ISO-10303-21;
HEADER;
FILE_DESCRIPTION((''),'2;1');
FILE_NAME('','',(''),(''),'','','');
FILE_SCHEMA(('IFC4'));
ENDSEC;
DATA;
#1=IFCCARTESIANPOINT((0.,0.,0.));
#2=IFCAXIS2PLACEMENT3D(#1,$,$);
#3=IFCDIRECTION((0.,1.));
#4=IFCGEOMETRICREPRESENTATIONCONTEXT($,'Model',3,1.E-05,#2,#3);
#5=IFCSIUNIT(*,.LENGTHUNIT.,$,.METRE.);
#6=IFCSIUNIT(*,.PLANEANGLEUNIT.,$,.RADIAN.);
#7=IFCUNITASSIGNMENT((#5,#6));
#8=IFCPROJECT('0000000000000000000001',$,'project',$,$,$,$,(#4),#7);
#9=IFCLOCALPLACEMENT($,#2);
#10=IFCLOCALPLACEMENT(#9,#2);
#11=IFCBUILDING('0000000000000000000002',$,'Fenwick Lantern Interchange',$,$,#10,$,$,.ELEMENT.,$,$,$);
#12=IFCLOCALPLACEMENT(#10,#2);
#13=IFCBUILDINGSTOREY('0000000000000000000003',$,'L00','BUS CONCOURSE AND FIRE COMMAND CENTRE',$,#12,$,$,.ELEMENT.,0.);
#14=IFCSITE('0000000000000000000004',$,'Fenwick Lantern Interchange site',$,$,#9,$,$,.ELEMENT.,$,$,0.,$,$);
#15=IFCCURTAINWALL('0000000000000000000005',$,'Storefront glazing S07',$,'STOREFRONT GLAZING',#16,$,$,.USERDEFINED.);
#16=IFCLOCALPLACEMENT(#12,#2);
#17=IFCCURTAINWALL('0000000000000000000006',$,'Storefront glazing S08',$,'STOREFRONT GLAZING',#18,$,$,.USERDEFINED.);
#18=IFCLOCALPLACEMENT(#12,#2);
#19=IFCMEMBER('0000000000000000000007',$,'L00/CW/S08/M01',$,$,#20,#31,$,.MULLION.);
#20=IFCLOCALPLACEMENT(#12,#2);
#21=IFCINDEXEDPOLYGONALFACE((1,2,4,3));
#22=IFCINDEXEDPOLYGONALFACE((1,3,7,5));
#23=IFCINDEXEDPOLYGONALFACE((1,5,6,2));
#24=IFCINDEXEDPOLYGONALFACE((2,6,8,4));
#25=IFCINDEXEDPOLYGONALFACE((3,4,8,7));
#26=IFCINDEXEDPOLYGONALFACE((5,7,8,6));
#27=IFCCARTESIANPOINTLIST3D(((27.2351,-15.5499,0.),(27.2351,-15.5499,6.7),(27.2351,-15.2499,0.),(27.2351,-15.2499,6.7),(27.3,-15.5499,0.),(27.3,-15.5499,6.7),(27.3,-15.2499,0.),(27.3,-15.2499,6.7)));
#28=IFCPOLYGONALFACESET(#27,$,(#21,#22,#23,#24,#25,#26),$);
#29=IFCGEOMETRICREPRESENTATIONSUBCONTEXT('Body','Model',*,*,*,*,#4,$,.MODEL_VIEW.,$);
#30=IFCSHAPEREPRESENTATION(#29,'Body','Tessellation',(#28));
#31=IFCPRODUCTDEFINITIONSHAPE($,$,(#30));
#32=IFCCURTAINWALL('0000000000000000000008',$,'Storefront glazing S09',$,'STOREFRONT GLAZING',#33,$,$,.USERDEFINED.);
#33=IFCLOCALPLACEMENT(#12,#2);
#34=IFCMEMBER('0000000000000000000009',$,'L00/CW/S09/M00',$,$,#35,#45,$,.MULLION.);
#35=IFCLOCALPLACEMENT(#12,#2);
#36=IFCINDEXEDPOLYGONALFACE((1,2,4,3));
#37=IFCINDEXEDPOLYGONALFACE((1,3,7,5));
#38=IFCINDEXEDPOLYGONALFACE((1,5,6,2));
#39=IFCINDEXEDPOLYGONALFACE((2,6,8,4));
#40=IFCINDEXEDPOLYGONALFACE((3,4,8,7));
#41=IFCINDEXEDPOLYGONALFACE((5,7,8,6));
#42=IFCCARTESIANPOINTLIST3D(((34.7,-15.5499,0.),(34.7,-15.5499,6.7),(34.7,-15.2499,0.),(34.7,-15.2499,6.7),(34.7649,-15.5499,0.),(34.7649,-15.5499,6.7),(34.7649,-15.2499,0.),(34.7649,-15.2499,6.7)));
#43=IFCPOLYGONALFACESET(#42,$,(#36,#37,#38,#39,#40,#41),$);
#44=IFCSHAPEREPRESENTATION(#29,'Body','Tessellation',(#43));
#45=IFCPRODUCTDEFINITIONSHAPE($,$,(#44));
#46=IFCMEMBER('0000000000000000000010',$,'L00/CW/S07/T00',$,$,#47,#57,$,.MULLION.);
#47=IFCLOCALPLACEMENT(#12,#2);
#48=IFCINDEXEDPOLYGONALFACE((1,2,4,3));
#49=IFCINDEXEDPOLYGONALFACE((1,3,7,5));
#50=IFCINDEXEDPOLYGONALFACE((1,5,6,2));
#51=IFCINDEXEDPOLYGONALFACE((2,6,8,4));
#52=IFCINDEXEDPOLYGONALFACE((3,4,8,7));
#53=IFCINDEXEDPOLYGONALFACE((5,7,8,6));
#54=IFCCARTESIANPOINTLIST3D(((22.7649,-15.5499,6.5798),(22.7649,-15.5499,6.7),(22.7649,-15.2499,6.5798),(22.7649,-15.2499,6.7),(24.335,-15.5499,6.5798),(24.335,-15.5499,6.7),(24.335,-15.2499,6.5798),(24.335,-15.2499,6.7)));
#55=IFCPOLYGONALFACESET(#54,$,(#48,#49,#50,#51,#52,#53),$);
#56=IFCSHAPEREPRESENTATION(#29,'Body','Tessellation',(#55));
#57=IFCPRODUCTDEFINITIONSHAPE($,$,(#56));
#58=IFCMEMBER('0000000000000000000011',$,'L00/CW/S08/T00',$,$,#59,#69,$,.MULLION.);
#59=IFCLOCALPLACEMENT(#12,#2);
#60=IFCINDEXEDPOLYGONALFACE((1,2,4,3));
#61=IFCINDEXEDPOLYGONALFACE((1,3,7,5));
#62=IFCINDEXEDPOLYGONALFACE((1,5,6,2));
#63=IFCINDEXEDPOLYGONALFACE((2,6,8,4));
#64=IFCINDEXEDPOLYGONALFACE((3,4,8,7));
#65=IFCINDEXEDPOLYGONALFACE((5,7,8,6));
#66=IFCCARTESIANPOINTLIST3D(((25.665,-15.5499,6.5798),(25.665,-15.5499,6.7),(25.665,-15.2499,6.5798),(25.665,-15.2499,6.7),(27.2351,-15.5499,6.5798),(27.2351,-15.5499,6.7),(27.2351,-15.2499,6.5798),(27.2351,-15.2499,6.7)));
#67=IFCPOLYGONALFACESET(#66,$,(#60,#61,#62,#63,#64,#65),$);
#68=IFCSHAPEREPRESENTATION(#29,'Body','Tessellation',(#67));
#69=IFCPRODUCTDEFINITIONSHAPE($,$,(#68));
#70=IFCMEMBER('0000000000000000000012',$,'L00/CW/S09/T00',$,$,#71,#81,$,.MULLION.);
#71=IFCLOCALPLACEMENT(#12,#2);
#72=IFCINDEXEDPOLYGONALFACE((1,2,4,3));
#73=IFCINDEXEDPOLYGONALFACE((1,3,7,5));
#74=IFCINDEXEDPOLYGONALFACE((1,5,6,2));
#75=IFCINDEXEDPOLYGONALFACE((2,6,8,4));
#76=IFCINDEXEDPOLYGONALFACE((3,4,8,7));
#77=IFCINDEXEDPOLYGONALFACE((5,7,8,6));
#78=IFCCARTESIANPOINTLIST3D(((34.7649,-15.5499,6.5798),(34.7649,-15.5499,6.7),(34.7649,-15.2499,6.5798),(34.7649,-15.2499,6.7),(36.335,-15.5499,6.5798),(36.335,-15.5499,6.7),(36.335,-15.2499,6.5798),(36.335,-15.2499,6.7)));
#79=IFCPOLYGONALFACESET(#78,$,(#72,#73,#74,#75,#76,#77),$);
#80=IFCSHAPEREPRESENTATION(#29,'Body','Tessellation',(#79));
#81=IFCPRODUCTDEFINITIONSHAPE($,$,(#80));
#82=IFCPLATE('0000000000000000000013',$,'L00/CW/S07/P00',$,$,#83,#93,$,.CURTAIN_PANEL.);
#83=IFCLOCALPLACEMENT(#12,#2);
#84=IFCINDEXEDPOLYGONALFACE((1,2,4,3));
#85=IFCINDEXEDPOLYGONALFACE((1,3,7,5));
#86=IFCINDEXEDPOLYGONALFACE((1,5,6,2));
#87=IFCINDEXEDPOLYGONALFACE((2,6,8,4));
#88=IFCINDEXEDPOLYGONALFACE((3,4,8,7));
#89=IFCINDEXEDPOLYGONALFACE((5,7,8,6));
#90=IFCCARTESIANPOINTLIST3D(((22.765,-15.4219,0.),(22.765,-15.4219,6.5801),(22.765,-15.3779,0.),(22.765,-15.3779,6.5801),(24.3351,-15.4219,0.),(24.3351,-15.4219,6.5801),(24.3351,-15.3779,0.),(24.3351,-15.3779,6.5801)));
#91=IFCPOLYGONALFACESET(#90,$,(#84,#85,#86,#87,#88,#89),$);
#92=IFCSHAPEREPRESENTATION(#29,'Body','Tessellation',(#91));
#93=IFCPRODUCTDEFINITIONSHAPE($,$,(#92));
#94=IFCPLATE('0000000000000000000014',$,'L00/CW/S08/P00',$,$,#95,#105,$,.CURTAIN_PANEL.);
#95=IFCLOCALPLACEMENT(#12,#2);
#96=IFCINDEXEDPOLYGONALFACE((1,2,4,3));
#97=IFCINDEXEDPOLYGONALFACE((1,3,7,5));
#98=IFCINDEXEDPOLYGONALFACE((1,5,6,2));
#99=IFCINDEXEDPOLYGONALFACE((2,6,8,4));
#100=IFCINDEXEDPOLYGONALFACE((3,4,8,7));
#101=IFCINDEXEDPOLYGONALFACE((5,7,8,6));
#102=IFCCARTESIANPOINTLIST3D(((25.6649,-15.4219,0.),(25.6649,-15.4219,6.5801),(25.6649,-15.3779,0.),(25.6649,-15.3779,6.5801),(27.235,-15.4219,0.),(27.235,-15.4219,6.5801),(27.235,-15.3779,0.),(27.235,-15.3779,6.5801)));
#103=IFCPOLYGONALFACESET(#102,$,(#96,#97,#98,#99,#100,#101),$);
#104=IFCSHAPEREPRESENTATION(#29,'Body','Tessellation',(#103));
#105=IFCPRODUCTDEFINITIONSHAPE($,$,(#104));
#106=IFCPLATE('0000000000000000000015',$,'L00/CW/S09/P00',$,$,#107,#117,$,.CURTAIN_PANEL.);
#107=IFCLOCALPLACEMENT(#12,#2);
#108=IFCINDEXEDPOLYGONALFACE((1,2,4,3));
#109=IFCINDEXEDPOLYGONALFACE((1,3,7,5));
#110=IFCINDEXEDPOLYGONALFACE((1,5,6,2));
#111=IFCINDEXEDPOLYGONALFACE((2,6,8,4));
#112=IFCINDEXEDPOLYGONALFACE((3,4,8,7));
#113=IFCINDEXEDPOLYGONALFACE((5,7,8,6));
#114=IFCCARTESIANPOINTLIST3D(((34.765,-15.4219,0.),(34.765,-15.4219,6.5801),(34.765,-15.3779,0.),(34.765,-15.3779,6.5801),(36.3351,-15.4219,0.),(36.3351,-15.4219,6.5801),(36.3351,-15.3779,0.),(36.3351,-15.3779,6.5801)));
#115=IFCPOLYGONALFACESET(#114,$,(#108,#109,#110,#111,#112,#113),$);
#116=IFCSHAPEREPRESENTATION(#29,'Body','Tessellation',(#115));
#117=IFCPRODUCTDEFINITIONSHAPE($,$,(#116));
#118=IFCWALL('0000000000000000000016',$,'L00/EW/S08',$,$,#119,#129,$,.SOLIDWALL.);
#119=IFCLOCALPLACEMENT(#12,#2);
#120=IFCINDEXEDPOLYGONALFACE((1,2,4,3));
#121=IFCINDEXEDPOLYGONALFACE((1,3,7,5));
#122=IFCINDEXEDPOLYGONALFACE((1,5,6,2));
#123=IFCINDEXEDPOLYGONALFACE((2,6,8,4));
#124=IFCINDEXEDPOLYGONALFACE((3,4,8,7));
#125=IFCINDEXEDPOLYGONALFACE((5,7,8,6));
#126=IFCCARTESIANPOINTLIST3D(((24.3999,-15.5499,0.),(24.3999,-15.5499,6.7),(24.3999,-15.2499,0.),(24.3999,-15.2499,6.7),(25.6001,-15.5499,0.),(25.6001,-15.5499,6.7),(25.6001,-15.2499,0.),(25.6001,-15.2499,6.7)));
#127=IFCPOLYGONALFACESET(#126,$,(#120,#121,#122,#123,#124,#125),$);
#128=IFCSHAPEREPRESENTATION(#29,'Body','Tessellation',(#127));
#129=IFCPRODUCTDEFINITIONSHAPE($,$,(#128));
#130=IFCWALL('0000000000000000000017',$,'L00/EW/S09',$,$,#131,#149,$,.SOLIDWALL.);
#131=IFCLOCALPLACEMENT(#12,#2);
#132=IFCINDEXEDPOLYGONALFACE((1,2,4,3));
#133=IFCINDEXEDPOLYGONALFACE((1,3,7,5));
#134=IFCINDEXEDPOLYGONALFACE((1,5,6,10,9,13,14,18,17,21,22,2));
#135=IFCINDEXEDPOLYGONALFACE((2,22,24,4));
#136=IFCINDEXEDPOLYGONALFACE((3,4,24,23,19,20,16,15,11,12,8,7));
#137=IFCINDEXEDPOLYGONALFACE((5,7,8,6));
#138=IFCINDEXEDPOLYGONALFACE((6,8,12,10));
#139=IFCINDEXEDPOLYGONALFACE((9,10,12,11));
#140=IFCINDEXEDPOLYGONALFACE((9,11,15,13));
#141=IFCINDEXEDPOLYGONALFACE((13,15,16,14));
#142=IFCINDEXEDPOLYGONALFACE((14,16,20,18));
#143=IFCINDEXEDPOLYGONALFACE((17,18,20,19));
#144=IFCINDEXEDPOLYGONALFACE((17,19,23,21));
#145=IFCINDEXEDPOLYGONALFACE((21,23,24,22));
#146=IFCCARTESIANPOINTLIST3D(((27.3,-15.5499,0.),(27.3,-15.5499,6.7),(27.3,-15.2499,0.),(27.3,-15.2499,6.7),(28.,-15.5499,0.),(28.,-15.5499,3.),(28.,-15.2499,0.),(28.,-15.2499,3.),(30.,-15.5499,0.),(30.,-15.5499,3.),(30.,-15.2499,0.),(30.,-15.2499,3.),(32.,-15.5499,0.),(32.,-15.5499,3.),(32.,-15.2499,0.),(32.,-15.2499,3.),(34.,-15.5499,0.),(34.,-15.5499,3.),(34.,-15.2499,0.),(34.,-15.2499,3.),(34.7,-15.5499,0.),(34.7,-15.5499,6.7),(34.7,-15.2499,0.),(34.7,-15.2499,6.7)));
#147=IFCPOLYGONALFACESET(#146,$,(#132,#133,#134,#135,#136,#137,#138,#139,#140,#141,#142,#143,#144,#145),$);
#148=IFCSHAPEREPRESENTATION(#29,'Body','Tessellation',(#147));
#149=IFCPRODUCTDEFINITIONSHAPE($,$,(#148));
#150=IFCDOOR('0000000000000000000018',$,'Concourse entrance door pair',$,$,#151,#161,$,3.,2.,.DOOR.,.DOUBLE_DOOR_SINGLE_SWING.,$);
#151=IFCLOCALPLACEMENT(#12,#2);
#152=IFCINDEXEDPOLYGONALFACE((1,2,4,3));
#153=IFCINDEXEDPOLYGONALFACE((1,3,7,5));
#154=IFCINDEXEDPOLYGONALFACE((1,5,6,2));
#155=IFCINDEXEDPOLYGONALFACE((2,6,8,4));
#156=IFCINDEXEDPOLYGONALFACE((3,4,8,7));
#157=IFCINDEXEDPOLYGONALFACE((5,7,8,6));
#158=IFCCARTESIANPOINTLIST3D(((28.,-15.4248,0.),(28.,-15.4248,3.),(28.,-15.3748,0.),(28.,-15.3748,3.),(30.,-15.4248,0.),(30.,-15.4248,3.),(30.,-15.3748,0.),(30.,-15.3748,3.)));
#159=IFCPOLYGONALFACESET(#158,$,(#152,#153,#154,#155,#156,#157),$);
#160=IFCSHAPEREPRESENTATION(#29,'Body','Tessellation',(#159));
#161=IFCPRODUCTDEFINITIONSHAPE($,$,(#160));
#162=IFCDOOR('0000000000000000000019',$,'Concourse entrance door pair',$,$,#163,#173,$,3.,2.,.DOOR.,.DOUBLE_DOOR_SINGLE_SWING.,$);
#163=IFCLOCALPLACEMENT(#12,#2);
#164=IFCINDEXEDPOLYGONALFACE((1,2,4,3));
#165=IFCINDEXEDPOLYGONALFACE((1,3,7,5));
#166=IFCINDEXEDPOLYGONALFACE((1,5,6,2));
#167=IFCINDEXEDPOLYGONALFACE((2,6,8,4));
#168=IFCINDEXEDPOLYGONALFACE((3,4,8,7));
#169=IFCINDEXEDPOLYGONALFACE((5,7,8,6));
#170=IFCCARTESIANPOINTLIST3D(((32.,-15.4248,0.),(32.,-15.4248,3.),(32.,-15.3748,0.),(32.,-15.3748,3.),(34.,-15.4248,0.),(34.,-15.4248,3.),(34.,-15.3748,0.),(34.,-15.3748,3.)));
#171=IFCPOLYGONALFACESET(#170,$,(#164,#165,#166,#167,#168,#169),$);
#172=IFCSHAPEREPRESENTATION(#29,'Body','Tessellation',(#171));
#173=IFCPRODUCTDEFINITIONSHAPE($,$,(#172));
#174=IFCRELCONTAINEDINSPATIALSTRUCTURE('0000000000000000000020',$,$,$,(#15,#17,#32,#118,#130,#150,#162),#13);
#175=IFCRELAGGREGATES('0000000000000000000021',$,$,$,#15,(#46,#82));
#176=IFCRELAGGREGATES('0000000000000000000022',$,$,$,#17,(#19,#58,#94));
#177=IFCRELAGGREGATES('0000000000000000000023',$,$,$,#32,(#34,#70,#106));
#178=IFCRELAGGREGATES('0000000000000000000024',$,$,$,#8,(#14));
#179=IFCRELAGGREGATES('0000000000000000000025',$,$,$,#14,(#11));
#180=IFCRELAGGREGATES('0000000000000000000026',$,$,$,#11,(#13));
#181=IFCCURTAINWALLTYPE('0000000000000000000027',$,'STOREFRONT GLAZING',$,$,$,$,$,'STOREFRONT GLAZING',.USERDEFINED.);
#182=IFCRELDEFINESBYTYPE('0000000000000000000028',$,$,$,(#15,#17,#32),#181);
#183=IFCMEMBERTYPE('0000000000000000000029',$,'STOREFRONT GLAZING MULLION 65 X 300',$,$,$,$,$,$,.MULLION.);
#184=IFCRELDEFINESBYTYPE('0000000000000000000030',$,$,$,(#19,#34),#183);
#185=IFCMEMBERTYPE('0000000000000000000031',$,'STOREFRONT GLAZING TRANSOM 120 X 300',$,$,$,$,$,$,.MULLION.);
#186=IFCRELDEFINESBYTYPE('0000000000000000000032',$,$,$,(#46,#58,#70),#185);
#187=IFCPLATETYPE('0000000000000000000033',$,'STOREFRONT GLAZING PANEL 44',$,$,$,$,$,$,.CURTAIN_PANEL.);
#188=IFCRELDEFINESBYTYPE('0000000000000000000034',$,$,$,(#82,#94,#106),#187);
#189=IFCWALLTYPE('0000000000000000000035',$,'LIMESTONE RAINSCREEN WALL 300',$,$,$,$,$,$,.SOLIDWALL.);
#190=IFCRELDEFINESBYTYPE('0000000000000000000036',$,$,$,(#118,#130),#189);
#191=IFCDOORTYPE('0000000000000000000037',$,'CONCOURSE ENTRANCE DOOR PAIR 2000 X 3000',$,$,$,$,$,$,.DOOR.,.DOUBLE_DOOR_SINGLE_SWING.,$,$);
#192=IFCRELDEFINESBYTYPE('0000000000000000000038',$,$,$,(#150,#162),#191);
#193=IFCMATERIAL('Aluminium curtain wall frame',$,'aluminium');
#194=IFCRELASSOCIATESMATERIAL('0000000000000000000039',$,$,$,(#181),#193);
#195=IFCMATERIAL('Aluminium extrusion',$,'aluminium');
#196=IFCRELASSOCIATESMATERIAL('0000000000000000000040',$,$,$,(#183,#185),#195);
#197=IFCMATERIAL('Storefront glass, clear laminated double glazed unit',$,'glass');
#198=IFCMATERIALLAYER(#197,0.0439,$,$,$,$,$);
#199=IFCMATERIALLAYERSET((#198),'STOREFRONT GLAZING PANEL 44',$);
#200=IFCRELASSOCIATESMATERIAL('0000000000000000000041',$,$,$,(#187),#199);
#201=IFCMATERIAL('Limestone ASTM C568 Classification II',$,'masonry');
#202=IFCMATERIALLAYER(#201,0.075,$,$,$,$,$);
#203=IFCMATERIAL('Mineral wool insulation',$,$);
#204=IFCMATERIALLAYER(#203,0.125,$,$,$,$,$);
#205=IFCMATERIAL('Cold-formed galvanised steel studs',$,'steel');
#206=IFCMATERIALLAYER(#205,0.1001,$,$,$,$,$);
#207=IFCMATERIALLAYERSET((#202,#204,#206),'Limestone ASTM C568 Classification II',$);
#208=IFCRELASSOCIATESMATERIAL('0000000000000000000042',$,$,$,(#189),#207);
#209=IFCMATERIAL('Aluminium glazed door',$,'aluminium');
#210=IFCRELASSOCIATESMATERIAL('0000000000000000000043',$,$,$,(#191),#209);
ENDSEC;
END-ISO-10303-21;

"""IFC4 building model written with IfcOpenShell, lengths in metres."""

from ifc_helpers import new_model, si_unit, direction, frame, frame_2d, origin, origin_2d, place, context, subcontext, project, spatial, rectangle, extrude, material, layer, layer_set, material_profile, profile_set, type_object, element, fill, aggregate, save


model = new_model("IFC4")

# Units and contexts
model_context = context("Model", 3, precision=1e-05, world=origin(), true_north=direction((0.0, 1.0)))
body_context = subcontext(model_context, "Body", "Model", "MODEL_VIEW")
ifc_project = project(units=[si_unit("LENGTHUNIT", "METRE"), si_unit("PLANEANGLEUNIT", "RADIAN")], contexts=[model_context])

# Site, building, storey
site_placement = place(None, origin())
site = spatial("IfcSite", under=ifc_project, at=site_placement, Name="Fenwick Lantern Interchange site", CompositionType="ELEMENT", RefElevation=0.0)
building_placement = place(site_placement, origin())
building = spatial("IfcBuilding", under=site, at=building_placement, Name="Fenwick Lantern Interchange", CompositionType="ELEMENT")
storey_placement = place(building_placement, origin())
storey = spatial("IfcBuildingStorey", under=building, at=storey_placement, Name="L00", Description="BUS CONCOURSE AND FIRE COMMAND CENTRE", CompositionType="ELEMENT", Elevation=0.0)

# Curtain walls, member
ifc_material_1 = material(Name="Aluminium curtain wall frame", Category="aluminium")
curtain_wall_type = type_object("IfcCurtainWallType", Name="STOREFRONT GLAZING", ElementType="STOREFRONT GLAZING", PredefinedType="USERDEFINED", material=ifc_material_1)
curtain_wall_1_placement = place(storey_placement, origin())
curtain_wall_1 = element("IfcCurtainWall", 1, at=curtain_wall_1_placement, inside=storey, type_object=curtain_wall_type, Name="Storefront glazing S07", ObjectType="STOREFRONT GLAZING", PredefinedType="USERDEFINED")
ifc_material_2 = material(Name="Aluminium extrusion", Category="aluminium")
ifc_material_profile_1 = material_profile(ifc_material_2, rectangle(XDim=0.3, YDim=0.0649, at=origin_2d()), Name="STOREFRONT GLAZING MULLION 65 X 300")
ifc_profile_set_1 = profile_set([ifc_material_profile_1], Name="Aluminium extrusion")
member_type_1 = type_object("IfcMemberType", Name="STOREFRONT GLAZING MULLION 65 X 300", PredefinedType="MULLION", material=ifc_profile_set_1)
curtain_wall_2_placement = place(storey_placement, origin())
curtain_wall_2 = element("IfcCurtainWall", 2, at=curtain_wall_2_placement, inside=storey, type_object=curtain_wall_type, Name="Storefront glazing S08", ObjectType="STOREFRONT GLAZING", PredefinedType="USERDEFINED")
member_1_placement = place(storey_placement, frame((27.2676, -15.3999, 0.0), z_axis=(0.0, 0.0, 1.0), x_axis=(0.0, 1.0, 0.0)))
member_1 = element("IfcMember", 3, at=member_1_placement, type_object=member_type_1, Name="L00/CW/S08/M01", PredefinedType="MULLION", context=body_context, shape_type="SweptSolid", body=[
    extrude(rectangle(XDim=0.3, YDim=0.0649, at=origin_2d()), origin(), (0.0, 0.0, 1.0), 6.7),
])

# Curtain wall, member
curtain_wall_3_placement = place(storey_placement, origin())
curtain_wall_3 = element("IfcCurtainWall", 4, at=curtain_wall_3_placement, inside=storey, type_object=curtain_wall_type, Name="Storefront glazing S09", ObjectType="STOREFRONT GLAZING", PredefinedType="USERDEFINED")
member_2_placement = place(storey_placement, frame((34.7324, -15.3999, 0.0), z_axis=(0.0, 0.0, 1.0), x_axis=(0.0, 1.0, 0.0)))
member_2 = element("IfcMember", 5, at=member_2_placement, type_object=member_type_1, Name="L00/CW/S09/M00", PredefinedType="MULLION", context=body_context, shape_type="SweptSolid", body=[
    extrude(rectangle(XDim=0.3, YDim=0.0649, at=origin_2d()), origin(), (0.0, 0.0, 1.0), 6.7),
])

# Members
ifc_material_profile_2 = material_profile(ifc_material_2, rectangle(XDim=0.3, YDim=0.1201, at=origin_2d()), Name="STOREFRONT GLAZING TRANSOM 120 X 300")
ifc_profile_set_2 = profile_set([ifc_material_profile_2], Name="Aluminium extrusion")
member_type_2 = type_object("IfcMemberType", Name="STOREFRONT GLAZING TRANSOM 120 X 300", PredefinedType="MULLION", material=ifc_profile_set_2)
member_3_placement = place(storey_placement, frame((22.7649, -15.3999, 6.6399), z_axis=(1.0, 0.0, 0.0), x_axis=(0.0, 1.0, 0.0)))
member_3 = element("IfcMember", 6, at=member_3_placement, type_object=member_type_2, Name="L00/CW/S07/T00", PredefinedType="MULLION", context=body_context, shape_type="SweptSolid", body=[
    extrude(rectangle(XDim=0.3, YDim=0.1201, at=origin_2d()), origin(), (0.0, 0.0, 1.0), 1.5701),
])
member_4_placement = place(storey_placement, frame((25.665, -15.3999, 6.6399), z_axis=(1.0, 0.0, 0.0), x_axis=(0.0, 1.0, 0.0)))
member_4 = element("IfcMember", 7, at=member_4_placement, type_object=member_type_2, Name="L00/CW/S08/T00", PredefinedType="MULLION", context=body_context, shape_type="SweptSolid", body=[
    extrude(rectangle(XDim=0.3, YDim=0.1201, at=origin_2d()), origin(), (0.0, 0.0, 1.0), 1.5701),
])
member_5_placement = place(storey_placement, frame((34.7649, -15.3999, 6.6399), z_axis=(1.0, 0.0, 0.0), x_axis=(0.0, 1.0, 0.0)))
member_5 = element("IfcMember", 8, at=member_5_placement, type_object=member_type_2, Name="L00/CW/S09/T00", PredefinedType="MULLION", context=body_context, shape_type="SweptSolid", body=[
    extrude(rectangle(XDim=0.3, YDim=0.1201, at=origin_2d()), origin(), (0.0, 0.0, 1.0), 1.5701),
])

# Plates
ifc_material_3 = material(Name="Storefront glass, clear laminated double glazed unit", Category="glass")
ifc_layer_1 = layer(ifc_material_3, 0.0439)
ifc_layer_set_1 = layer_set([ifc_layer_1], Name="STOREFRONT GLAZING PANEL 44")
plate_type = type_object("IfcPlateType", Name="STOREFRONT GLAZING PANEL 44", PredefinedType="CURTAIN_PANEL", material=ifc_layer_set_1)
plate_1_placement = place(storey_placement, frame((23.55, -15.3999, 0.0), z_axis=(0.0, 0.0, 1.0), x_axis=(1.0, 0.0, 0.0)))
plate_1 = element("IfcPlate", 9, at=plate_1_placement, type_object=plate_type, Name="L00/CW/S07/P00", PredefinedType="CURTAIN_PANEL", context=body_context, shape_type="SweptSolid", body=[
    extrude(rectangle(XDim=1.5701, YDim=0.0439, at=origin_2d()), origin(), (0.0, 0.0, 1.0), 6.5801),
])
aggregate(curtain_wall_1, [member_3, plate_1])
plate_2_placement = place(storey_placement, frame((26.45, -15.3999, 0.0), z_axis=(0.0, 0.0, 1.0), x_axis=(1.0, 0.0, 0.0)))
plate_2 = element("IfcPlate", 10, at=plate_2_placement, type_object=plate_type, Name="L00/CW/S08/P00", PredefinedType="CURTAIN_PANEL", context=body_context, shape_type="SweptSolid", body=[
    extrude(rectangle(XDim=1.5701, YDim=0.0439, at=origin_2d()), origin(), (0.0, 0.0, 1.0), 6.5801),
])
aggregate(curtain_wall_2, [member_1, member_4, plate_2])
plate_3_placement = place(storey_placement, frame((35.55, -15.3999, 0.0), z_axis=(0.0, 0.0, 1.0), x_axis=(1.0, 0.0, 0.0)))
plate_3 = element("IfcPlate", 11, at=plate_3_placement, type_object=plate_type, Name="L00/CW/S09/P00", PredefinedType="CURTAIN_PANEL", context=body_context, shape_type="SweptSolid", body=[
    extrude(rectangle(XDim=1.5701, YDim=0.0439, at=origin_2d()), origin(), (0.0, 0.0, 1.0), 6.5801),
])
aggregate(curtain_wall_3, [member_2, member_5, plate_3])

# Wall
ifc_material_4 = material(Name="Limestone ASTM C568 Classification II", Category="masonry")
ifc_layer_2 = layer(ifc_material_4, 0.075)
ifc_material_5 = material(Name="Mineral wool insulation")
ifc_layer_3 = layer(ifc_material_5, 0.125)
ifc_material_6 = material(Name="Cold-formed galvanised steel studs", Category="steel")
ifc_layer_4 = layer(ifc_material_6, 0.1001)
ifc_layer_set_2 = layer_set([ifc_layer_2, ifc_layer_3, ifc_layer_4], Name="Limestone ASTM C568 Classification II")
wall_type_1 = type_object("IfcWallType", Name="LIMESTONE RAINSCREEN WALL 300", PredefinedType="SOLIDWALL", material=ifc_layer_set_2)
wall_1_placement = place(storey_placement, frame((24.3999, -15.3999, 0.0), z_axis=(0.0, 0.0, 1.0), x_axis=(1.0, 0.0, 0.0)))
element("IfcWall", 12, at=wall_1_placement, inside=storey, type_object=wall_type_1, Name="L00/EW/S08", PredefinedType="SOLIDWALL", context=body_context, shape_type="SweptSolid", body=[
    extrude(rectangle(XDim=1.2002, YDim=0.3, at=frame_2d((0.6001, 0.0))), origin(), (0.0, 0.0, 1.0), 6.7),
])

# Wall, openings, doors
wall_2_placement = place(storey_placement, frame((27.3, -15.3999, 0.0), z_axis=(0.0, 0.0, 1.0), x_axis=(1.0, 0.0, 0.0)))
wall_2 = element("IfcWall", 13, at=wall_2_placement, inside=storey, type_object=wall_type_1, Name="L00/EW/S09", PredefinedType="SOLIDWALL", context=body_context, shape_type="SweptSolid", body=[
    extrude(rectangle(XDim=7.3999, YDim=0.3, at=frame_2d((3.7, 0.0))), origin(), (0.0, 0.0, 1.0), 6.7),
])
opening_1_placement = place(wall_2_placement, frame((0.7, 0.0, 0.0)))
opening_1 = element("IfcOpeningElement", 14, at=opening_1_placement, cuts=wall_2, PredefinedType="OPENING", context=body_context, shape_type="SweptSolid", body=[
    extrude(rectangle(XDim=2.0, YDim=3.0, at=frame_2d((1.0, 1.5))), frame((0.0, 0.1599, 0.0), z_axis=(0.0, -1.0, 0.0), x_axis=(1.0, 0.0, 0.0)), (0.0, 0.0, 1.0), 0.3201),
])
opening_2_placement = place(wall_2_placement, frame((4.7, 0.0, 0.0)))
opening_2 = element("IfcOpeningElement", 15, at=opening_2_placement, cuts=wall_2, PredefinedType="OPENING", context=body_context, shape_type="SweptSolid", body=[
    extrude(rectangle(XDim=2.0, YDim=3.0, at=frame_2d((1.0, 1.5))), frame((0.0, 0.1599, 0.0), z_axis=(0.0, -1.0, 0.0), x_axis=(1.0, 0.0, 0.0)), (0.0, 0.0, 1.0), 0.3201),
])
ifc_material_7 = material(Name="Aluminium glazed door", Category="aluminium")
door_type_1 = type_object("IfcDoorType", Name="CONCOURSE ENTRANCE DOOR PAIR 2000 X 3000", OperationType="DOUBLE_DOOR_SINGLE_SWING", PredefinedType="DOOR", material=ifc_material_7)
door_1_placement = place(opening_1_placement, frame((2.0, 0.0, 0.0), z_axis=(0.0, 0.0, 1.0), x_axis=(-1.0, 0.0, 0.0)))
door_1 = element("IfcDoor", 16, at=door_1_placement, inside=storey, type_object=door_type_1, Name="Concourse entrance door pair", OperationType="DOUBLE_DOOR_SINGLE_SWING", OverallHeight=3.0, OverallWidth=2.0, PredefinedType="DOOR", context=body_context, shape_type="SweptSolid", body=[
    extrude(rectangle(XDim=2.0, YDim=3.0, at=frame_2d((1.0, 1.5))), frame((0.0, 0.0249, 0.0), z_axis=(0.0, -1.0, 0.0), x_axis=(1.0, 0.0, 0.0)), (0.0, 0.0, 1.0), 0.05),
])
fill(opening_1, door_1)
door_2_placement = place(opening_2_placement, frame((2.0, 0.0, 0.0), z_axis=(0.0, 0.0, 1.0), x_axis=(-1.0, 0.0, 0.0)))
door_2 = element("IfcDoor", 17, at=door_2_placement, inside=storey, type_object=door_type_1, Name="Concourse entrance door pair", OperationType="DOUBLE_DOOR_SINGLE_SWING", OverallHeight=3.0, OverallWidth=2.0, PredefinedType="DOOR", context=body_context, shape_type="SweptSolid", body=[
    extrude(rectangle(XDim=2.0, YDim=3.0, at=frame_2d((1.0, 1.5))), frame((0.0, 0.0249, 0.0), z_axis=(0.0, -1.0, 0.0), x_axis=(1.0, 0.0, 0.0)), (0.0, 0.0, 1.0), 0.05),
])
fill(opening_2, door_2)

save(model, "model.ifc")
